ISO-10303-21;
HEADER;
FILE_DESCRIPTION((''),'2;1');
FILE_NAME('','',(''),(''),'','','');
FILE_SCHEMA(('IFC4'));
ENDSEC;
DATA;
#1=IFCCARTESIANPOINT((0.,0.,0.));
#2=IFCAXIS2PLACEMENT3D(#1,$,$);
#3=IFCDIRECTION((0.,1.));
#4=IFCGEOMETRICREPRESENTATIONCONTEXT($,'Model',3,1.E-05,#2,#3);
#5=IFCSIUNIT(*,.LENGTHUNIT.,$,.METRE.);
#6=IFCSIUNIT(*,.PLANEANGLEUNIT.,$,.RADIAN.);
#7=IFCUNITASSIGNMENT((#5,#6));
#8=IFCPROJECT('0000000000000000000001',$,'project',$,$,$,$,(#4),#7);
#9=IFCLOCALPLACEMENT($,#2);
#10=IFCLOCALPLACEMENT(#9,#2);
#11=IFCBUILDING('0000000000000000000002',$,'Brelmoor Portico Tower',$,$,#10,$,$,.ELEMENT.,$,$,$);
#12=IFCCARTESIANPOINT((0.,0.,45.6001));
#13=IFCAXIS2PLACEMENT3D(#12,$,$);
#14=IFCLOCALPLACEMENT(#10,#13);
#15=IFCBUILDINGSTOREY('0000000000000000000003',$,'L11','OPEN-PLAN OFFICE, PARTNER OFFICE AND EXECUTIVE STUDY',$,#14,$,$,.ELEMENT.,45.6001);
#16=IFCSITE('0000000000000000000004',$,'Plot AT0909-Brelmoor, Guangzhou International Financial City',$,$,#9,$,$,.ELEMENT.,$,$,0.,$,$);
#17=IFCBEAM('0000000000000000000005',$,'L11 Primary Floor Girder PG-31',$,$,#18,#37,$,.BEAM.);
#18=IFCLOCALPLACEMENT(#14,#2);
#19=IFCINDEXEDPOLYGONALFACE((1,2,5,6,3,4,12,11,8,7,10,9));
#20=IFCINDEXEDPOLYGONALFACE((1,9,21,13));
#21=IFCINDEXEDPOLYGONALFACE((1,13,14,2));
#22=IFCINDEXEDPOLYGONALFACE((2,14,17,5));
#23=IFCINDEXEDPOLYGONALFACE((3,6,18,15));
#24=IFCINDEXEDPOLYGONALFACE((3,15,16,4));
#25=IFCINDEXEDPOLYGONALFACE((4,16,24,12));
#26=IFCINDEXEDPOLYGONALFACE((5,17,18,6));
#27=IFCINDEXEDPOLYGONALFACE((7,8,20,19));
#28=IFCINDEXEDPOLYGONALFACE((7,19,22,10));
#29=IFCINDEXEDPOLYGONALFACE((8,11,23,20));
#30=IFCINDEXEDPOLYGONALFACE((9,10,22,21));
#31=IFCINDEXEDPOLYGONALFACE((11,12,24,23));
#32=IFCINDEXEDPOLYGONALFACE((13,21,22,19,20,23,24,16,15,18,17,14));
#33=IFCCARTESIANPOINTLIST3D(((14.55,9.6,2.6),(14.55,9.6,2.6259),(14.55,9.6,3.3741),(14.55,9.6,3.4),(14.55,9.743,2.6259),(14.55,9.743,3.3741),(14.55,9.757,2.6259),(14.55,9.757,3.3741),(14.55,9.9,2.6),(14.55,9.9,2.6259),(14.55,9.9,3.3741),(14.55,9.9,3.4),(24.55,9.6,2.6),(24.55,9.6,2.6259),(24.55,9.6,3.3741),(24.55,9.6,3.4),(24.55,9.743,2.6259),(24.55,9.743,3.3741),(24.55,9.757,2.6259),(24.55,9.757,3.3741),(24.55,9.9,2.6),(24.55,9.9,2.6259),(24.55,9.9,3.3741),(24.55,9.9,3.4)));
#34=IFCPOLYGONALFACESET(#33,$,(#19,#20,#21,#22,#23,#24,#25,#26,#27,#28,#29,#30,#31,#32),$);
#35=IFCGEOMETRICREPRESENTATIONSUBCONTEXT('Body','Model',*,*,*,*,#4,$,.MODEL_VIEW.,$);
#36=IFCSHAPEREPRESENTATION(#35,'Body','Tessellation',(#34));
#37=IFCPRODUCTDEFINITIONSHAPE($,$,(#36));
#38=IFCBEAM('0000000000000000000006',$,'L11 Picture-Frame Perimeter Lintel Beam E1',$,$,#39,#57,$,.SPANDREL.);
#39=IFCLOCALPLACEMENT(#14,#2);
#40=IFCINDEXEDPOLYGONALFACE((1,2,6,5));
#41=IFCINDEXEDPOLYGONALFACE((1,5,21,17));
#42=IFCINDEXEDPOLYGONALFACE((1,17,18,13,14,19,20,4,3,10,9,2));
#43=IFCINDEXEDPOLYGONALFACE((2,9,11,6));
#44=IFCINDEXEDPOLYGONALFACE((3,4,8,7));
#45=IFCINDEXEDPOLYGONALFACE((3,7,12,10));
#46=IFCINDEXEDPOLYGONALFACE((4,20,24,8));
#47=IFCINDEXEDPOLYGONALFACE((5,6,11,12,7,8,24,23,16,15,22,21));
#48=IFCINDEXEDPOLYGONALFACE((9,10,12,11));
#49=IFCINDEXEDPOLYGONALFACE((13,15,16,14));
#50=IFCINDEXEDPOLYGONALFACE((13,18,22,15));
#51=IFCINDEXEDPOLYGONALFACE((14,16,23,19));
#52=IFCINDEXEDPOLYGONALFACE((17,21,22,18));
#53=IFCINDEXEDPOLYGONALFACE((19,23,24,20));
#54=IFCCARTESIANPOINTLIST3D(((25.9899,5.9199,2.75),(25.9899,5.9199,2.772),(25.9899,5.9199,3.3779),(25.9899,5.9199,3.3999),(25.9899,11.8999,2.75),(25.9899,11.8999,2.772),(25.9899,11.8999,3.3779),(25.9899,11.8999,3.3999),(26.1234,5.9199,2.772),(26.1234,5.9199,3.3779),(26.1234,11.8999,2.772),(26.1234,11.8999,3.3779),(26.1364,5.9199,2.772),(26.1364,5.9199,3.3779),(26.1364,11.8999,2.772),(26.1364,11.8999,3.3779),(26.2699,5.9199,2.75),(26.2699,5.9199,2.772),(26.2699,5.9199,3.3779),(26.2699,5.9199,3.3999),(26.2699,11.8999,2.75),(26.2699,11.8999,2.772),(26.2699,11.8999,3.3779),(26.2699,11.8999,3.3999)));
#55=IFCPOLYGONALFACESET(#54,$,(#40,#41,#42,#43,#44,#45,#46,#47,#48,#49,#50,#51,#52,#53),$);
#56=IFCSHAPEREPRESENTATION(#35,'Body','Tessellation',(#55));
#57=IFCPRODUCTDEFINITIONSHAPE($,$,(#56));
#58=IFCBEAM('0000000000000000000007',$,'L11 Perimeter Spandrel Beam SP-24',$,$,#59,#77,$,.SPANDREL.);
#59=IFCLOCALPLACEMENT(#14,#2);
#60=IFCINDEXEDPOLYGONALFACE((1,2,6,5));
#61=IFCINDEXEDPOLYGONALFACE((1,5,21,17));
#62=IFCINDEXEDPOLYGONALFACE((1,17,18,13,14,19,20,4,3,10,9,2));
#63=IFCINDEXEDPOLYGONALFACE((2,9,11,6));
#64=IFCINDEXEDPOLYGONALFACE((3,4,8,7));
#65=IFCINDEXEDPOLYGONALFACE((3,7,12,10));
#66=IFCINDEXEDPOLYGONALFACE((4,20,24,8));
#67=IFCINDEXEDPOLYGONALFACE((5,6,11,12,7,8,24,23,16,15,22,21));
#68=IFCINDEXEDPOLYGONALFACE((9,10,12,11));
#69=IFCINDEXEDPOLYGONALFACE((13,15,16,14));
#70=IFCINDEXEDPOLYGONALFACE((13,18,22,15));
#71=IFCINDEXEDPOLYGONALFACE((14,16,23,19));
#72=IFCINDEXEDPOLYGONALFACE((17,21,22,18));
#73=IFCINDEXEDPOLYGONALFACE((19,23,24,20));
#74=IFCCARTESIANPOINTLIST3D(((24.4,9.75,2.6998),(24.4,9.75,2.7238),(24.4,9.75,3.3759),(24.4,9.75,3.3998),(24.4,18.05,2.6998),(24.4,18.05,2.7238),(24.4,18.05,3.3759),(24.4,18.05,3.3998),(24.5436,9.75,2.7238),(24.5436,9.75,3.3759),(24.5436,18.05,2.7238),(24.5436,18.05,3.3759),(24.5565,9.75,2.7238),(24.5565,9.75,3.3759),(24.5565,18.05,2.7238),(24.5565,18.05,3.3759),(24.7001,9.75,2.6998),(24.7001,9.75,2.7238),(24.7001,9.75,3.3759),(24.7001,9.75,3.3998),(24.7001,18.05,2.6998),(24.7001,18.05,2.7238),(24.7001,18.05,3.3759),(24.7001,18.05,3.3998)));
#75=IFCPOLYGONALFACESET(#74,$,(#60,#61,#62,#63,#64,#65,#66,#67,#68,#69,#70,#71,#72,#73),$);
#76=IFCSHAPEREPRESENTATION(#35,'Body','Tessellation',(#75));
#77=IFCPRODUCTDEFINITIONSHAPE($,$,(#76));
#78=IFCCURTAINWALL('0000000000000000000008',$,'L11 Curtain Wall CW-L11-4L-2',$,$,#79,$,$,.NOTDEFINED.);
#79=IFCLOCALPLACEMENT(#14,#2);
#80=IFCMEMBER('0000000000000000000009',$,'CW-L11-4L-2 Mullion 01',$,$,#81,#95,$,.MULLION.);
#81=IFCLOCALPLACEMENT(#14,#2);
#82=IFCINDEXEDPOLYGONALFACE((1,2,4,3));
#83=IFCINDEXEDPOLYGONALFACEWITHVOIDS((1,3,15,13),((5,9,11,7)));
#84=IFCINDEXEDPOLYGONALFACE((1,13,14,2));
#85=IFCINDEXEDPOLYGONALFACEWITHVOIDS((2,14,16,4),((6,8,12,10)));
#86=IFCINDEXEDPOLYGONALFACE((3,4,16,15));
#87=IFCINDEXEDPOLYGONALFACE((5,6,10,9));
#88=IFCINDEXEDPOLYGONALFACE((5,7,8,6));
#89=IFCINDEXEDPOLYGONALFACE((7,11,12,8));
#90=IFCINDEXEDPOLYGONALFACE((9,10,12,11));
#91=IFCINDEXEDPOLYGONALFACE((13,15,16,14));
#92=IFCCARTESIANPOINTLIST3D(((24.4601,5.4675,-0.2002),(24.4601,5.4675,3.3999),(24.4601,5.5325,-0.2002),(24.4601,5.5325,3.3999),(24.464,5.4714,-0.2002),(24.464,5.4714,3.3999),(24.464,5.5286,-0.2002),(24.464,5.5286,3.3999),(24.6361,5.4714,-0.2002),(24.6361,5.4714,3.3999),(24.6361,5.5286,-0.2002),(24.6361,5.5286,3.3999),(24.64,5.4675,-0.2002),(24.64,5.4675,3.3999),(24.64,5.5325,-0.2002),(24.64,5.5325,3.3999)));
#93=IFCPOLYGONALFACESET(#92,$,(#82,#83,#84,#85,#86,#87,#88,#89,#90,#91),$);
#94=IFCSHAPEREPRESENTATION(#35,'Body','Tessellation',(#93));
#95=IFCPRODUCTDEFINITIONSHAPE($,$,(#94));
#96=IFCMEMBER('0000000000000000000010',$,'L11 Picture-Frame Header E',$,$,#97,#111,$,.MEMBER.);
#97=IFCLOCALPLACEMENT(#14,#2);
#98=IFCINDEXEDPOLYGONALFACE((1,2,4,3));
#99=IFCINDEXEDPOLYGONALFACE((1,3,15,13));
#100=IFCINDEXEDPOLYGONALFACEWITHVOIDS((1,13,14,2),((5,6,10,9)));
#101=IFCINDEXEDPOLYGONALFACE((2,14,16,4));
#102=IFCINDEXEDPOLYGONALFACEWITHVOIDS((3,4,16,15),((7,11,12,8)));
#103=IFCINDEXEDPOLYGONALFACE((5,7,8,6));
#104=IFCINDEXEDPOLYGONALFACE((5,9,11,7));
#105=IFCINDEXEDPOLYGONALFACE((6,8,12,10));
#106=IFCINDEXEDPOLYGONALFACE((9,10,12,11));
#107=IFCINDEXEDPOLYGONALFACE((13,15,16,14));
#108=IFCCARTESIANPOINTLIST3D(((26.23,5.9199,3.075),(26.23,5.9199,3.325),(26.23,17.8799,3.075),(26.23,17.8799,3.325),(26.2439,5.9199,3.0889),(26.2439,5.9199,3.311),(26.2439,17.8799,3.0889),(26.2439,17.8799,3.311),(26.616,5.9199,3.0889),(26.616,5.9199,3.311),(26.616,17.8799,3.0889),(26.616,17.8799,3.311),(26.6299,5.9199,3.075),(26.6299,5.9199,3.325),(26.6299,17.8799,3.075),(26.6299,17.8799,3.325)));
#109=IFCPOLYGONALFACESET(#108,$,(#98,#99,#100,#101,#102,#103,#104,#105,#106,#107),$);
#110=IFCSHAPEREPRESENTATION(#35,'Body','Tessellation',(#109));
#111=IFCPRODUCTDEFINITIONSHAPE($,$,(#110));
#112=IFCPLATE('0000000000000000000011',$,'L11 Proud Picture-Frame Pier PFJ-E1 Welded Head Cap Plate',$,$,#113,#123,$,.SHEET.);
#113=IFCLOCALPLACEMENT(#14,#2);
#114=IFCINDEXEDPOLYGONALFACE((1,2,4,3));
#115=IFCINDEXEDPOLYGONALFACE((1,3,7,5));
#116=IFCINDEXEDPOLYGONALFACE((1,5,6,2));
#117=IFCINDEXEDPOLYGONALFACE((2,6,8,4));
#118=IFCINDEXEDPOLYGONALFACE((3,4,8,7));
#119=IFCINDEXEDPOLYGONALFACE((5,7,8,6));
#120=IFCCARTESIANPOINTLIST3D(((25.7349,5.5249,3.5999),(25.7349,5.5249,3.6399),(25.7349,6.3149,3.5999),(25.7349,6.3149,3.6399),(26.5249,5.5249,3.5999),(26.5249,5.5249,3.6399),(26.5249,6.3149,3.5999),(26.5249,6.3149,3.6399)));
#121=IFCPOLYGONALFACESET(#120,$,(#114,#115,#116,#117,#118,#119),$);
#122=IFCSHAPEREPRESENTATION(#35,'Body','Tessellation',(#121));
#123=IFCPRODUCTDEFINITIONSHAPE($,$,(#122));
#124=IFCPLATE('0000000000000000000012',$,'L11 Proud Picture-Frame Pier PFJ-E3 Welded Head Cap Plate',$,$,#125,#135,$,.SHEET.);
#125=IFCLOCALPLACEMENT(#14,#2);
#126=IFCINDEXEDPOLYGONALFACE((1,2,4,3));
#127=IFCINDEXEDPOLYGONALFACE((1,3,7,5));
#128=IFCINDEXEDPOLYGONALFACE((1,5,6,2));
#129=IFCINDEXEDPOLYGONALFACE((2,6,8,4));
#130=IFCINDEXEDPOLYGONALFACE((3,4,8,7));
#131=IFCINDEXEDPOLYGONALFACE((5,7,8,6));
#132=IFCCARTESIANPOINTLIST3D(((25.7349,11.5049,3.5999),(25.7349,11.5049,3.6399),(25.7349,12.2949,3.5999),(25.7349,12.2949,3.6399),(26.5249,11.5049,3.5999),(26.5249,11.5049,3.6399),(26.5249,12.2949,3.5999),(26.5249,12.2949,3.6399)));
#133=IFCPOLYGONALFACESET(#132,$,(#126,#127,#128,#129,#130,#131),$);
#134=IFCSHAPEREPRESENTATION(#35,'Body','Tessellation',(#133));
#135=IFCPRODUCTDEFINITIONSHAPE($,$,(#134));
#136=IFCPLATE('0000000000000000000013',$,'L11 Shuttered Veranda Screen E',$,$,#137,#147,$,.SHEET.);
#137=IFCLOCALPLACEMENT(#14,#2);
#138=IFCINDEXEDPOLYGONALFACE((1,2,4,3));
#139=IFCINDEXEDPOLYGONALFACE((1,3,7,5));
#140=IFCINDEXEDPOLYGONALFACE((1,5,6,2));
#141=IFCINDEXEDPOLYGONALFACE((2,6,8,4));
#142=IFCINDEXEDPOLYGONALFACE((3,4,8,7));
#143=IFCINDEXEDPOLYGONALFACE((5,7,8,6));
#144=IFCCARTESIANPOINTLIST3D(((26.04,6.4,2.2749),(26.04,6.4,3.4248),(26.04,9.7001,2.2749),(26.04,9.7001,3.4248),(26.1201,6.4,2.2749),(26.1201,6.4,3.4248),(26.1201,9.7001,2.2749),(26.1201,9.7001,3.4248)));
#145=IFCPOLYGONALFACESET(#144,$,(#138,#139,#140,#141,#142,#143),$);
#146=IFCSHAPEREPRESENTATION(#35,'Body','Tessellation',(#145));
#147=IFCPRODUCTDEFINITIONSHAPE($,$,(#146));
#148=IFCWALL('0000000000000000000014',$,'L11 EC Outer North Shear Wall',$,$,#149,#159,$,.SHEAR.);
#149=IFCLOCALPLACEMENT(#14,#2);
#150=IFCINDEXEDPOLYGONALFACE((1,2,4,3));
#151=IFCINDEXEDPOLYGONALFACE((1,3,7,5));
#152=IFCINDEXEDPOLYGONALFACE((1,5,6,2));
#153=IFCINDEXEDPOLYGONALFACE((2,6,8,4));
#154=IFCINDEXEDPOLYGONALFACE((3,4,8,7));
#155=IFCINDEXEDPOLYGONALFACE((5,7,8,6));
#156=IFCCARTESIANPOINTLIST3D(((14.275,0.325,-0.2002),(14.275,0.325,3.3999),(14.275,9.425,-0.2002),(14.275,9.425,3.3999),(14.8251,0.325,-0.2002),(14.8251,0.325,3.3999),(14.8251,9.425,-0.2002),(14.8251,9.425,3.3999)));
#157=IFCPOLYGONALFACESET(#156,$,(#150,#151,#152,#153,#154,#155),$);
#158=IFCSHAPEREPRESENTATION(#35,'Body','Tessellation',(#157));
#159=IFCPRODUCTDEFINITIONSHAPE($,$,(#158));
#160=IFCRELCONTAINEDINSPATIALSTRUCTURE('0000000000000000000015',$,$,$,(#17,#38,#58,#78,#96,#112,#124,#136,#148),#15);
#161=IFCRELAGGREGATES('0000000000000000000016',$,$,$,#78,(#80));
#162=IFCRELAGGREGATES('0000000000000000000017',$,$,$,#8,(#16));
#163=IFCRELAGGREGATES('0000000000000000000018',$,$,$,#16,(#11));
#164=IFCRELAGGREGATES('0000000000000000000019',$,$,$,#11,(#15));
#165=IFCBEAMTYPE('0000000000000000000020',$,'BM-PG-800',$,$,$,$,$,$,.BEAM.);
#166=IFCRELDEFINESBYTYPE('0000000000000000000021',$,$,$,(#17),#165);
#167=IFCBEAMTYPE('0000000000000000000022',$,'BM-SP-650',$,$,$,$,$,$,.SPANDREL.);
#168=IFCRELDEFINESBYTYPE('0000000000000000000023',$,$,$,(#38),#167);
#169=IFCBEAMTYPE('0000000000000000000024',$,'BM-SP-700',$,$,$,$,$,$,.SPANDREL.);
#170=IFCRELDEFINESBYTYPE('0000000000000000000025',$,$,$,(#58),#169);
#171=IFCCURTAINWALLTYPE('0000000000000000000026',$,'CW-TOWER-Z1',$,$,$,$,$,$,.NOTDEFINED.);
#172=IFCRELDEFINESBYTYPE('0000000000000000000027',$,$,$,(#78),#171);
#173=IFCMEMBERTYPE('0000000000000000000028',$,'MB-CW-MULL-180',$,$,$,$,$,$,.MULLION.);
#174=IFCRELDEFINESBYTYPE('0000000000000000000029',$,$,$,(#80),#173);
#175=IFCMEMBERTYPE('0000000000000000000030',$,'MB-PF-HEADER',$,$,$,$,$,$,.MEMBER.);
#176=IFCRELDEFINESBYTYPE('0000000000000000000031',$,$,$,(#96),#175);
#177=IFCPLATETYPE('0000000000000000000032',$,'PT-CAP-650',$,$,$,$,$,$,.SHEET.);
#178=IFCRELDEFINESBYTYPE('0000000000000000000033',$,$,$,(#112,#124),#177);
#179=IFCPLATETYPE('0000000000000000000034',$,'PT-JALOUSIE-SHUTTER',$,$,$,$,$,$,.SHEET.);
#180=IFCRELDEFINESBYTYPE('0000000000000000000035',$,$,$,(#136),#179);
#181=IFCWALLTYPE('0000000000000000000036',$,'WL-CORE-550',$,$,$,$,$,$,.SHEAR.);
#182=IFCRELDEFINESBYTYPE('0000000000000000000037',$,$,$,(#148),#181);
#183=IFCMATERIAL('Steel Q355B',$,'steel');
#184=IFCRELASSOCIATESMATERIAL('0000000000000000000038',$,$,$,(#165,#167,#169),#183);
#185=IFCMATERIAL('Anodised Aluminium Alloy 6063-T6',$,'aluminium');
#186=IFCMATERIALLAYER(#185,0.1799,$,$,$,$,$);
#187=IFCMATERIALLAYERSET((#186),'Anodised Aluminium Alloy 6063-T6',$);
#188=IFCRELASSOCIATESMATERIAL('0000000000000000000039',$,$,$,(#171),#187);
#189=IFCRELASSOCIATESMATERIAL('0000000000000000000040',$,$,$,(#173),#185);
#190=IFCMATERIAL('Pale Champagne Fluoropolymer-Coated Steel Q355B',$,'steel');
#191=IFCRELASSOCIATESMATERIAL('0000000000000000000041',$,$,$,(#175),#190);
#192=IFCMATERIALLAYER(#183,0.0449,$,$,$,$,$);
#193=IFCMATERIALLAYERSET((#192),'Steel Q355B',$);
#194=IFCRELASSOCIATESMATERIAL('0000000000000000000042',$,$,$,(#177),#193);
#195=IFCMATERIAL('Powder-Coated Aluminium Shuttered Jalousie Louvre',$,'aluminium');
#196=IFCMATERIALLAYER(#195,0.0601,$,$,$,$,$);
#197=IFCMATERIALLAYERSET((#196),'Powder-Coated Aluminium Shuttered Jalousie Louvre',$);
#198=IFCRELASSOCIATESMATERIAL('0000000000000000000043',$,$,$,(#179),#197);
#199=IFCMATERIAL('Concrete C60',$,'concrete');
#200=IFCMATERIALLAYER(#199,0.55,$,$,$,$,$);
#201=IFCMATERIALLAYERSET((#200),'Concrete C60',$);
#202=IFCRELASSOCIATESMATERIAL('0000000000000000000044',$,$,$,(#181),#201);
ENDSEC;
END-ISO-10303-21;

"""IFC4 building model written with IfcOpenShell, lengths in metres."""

from ifc_helpers import new_model, si_unit, direction, frame, frame_2d, origin, origin_2d, place, context, subcontext, project, spatial, rectangle, hollow_rectangle, i_section, extrude, material, layer, layer_set, material_profile, profile_set, type_object, element, aggregate, save


model = new_model("IFC4")

# Units and contexts
model_context = context("Model", 3, precision=1e-05, world=origin(), true_north=direction((0.0, 1.0)))
body_context = subcontext(model_context, "Body", "Model", "MODEL_VIEW")
ifc_project = project(units=[si_unit("LENGTHUNIT", "METRE"), si_unit("PLANEANGLEUNIT", "RADIAN")], contexts=[model_context])

# Site, building, storey
site_placement = place(None, origin())
site = spatial("IfcSite", under=ifc_project, at=site_placement, Name="Plot AT0909-Brelmoor, Guangzhou International Financial City", CompositionType="ELEMENT", RefElevation=0.0)
building_placement = place(site_placement, origin())
building = spatial("IfcBuilding", under=site, at=building_placement, Name="Brelmoor Portico Tower", CompositionType="ELEMENT")
storey_placement = place(building_placement, frame((0.0, 0.0, 45.6001)))
storey = spatial("IfcBuildingStorey", under=building, at=storey_placement, Name="L11", Description="OPEN-PLAN OFFICE, PARTNER OFFICE AND EXECUTIVE STUDY", CompositionType="ELEMENT", Elevation=45.6001)

# Shared definitions
ifc_material_1 = material(Name="Steel Q355B", Category="steel")

# Beams
ifc_material_profile_1 = material_profile(ifc_material_1, i_section(OverallWidth=0.3, OverallDepth=0.8, WebThickness=0.0139, FlangeThickness=0.0259, at=origin_2d()), Name="HN 800x300x14x26")
ifc_profile_set_1 = profile_set([ifc_material_profile_1], Name="Steel Q355B")
beam_type_1 = type_object("IfcBeamType", Name="BM-PG-800", PredefinedType="BEAM", material=ifc_profile_set_1)
beam_1_placement = place(storey_placement, frame((14.55, 9.75, 3.0), z_axis=(1.0, 0.0, 0.0), x_axis=(0.0, 1.0, 0.0)))
element("IfcBeam", 1, at=beam_1_placement, inside=storey, type_object=beam_type_1, Name="L11 Primary Floor Girder PG-31", PredefinedType="BEAM", context=body_context, shape_type="SweptSolid", body=[
    extrude(i_section(OverallWidth=0.3, OverallDepth=0.8, WebThickness=0.0139, FlangeThickness=0.0259, at=origin_2d()), origin(), (0.0, 0.0, 1.0), 10.0),
])
ifc_material_profile_2 = material_profile(ifc_material_1, i_section(OverallWidth=0.28, OverallDepth=0.6499, WebThickness=0.0129, FlangeThickness=0.022, at=origin_2d()), Name="HN 650x280x13x22")
ifc_profile_set_2 = profile_set([ifc_material_profile_2], Name="Steel Q355B")
beam_type_2 = type_object("IfcBeamType", Name="BM-SP-650", PredefinedType="SPANDREL", material=ifc_profile_set_2)
beam_2_placement = place(storey_placement, frame((26.1299, 5.9199, 3.075), z_axis=(0.0, 1.0, 0.0), x_axis=(-1.0, 0.0, 0.0)))
element("IfcBeam", 2, at=beam_2_placement, inside=storey, type_object=beam_type_2, Name="L11 Picture-Frame Perimeter Lintel Beam E1", PredefinedType="SPANDREL", context=body_context, shape_type="SweptSolid", body=[
    extrude(i_section(OverallWidth=0.28, OverallDepth=0.6499, WebThickness=0.0129, FlangeThickness=0.022, at=origin_2d()), origin(), (0.0, 0.0, 1.0), 5.98),
])
ifc_material_profile_3 = material_profile(ifc_material_1, i_section(OverallWidth=0.3, OverallDepth=0.7, WebThickness=0.0129, FlangeThickness=0.0239, at=origin_2d()), Name="HN 700x300x13x24")
ifc_profile_set_3 = profile_set([ifc_material_profile_3], Name="Steel Q355B")
beam_type_3 = type_object("IfcBeamType", Name="BM-SP-700", PredefinedType="SPANDREL", material=ifc_profile_set_3)
beam_3_placement = place(storey_placement, frame((24.55, 9.75, 3.0498), z_axis=(0.0, 1.0, 0.0), x_axis=(-1.0, 0.0, 0.0)))
element("IfcBeam", 3, at=beam_3_placement, inside=storey, type_object=beam_type_3, Name="L11 Perimeter Spandrel Beam SP-24", PredefinedType="SPANDREL", context=body_context, shape_type="SweptSolid", body=[
    extrude(i_section(OverallWidth=0.3, OverallDepth=0.7, WebThickness=0.0129, FlangeThickness=0.0239, at=origin_2d()), origin(), (0.0, 0.0, 1.0), 8.3),
])

# Curtain wall, member
ifc_material_2 = material(Name="Anodised Aluminium Alloy 6063-T6", Category="aluminium")
ifc_layer_1 = layer(ifc_material_2, 0.1799)
ifc_layer_set_1 = layer_set([ifc_layer_1], Name="Anodised Aluminium Alloy 6063-T6")
curtain_wall_type = type_object("IfcCurtainWallType", Name="CW-TOWER-Z1", PredefinedType="NOTDEFINED", material=ifc_layer_set_1)
curtain_wall_placement = place(storey_placement, origin())
curtain_wall = element("IfcCurtainWall", 4, at=curtain_wall_placement, inside=storey, type_object=curtain_wall_type, Name="L11 Curtain Wall CW-L11-4L-2", PredefinedType="NOTDEFINED")
ifc_material_profile_4 = material_profile(ifc_material_2, hollow_rectangle(XDim=0.0649, YDim=0.1799, WallThickness=0.0039, at=origin_2d()), Name="ALU MULLION 65x180")
ifc_profile_set_4 = profile_set([ifc_material_profile_4], Name="Anodised Aluminium Alloy 6063-T6")
member_type_1 = type_object("IfcMemberType", Name="MB-CW-MULL-180", PredefinedType="MULLION", material=ifc_profile_set_4)
member_1_placement = place(storey_placement, frame((24.55, 5.5, -0.2002), z_axis=(0.0, 0.0, 1.0), x_axis=(0.0, 1.0, 0.0)))
member_1 = element("IfcMember", 5, at=member_1_placement, type_object=member_type_1, Name="CW-L11-4L-2 Mullion 01", PredefinedType="MULLION", context=body_context, shape_type="SweptSolid", body=[
    extrude(hollow_rectangle(XDim=0.0649, YDim=0.1799, WallThickness=0.0039, at=origin_2d()), origin(), (0.0, 0.0, 1.0), 3.6001),
])
aggregate(curtain_wall, [member_1])

# Member
ifc_material_3 = material(Name="Pale Champagne Fluoropolymer-Coated Steel Q355B", Category="steel")
ifc_material_profile_5 = material_profile(ifc_material_3, hollow_rectangle(XDim=0.25, YDim=0.3999, WallThickness=0.0139, at=origin_2d()), Name="RHS 250x400x14")
ifc_profile_set_5 = profile_set([ifc_material_profile_5], Name="Pale Champagne Fluoropolymer-Coated Steel Q355B")
member_type_2 = type_object("IfcMemberType", Name="MB-PF-HEADER", PredefinedType="MEMBER", material=ifc_profile_set_5)
member_2_placement = place(storey_placement, frame((26.4299, 5.9199, 3.2), z_axis=(0.0, 1.0, 0.0), x_axis=(0.0, 0.0, 1.0)))
element("IfcMember", 6, at=member_2_placement, inside=storey, type_object=member_type_2, Name="L11 Picture-Frame Header E", PredefinedType="MEMBER", context=body_context, shape_type="SweptSolid", body=[
    extrude(hollow_rectangle(XDim=0.25, YDim=0.3999, WallThickness=0.0139, at=origin_2d()), origin(), (0.0, 0.0, 1.0), 11.96),
])

# Plates
ifc_layer_2 = layer(ifc_material_1, 0.0449)
ifc_layer_set_2 = layer_set([ifc_layer_2], Name="Steel Q355B")
plate_type_1 = type_object("IfcPlateType", Name="PT-CAP-650", PredefinedType="SHEET", material=ifc_layer_set_2)
for number, where, z_axis, x_axis, name in (
    (7, (26.1299, 5.9199, 3.5999), (0.0, 0.0, 1.0), (0.0, 1.0, 0.0), "L11 Proud Picture-Frame Pier PFJ-E1 Welded Head Cap Plate"),
    (8, (26.1299, 11.8999, 3.5999), (0.0, 0.0, 1.0), (0.0, 1.0, 0.0), "L11 Proud Picture-Frame Pier PFJ-E3 Welded Head Cap Plate"),
):
    element("IfcPlate", number, at=place(storey_placement, frame(where, z_axis=z_axis, x_axis=x_axis)), inside=storey, type_object=plate_type_1, Name=name, PredefinedType="SHEET", context=body_context, shape_type="SweptSolid", body=[
        extrude(rectangle(XDim=0.79, YDim=0.79, at=origin_2d()), origin(), (0.0, 0.0, 1.0), 0.04),
    ])
ifc_material_4 = material(Name="Powder-Coated Aluminium Shuttered Jalousie Louvre", Category="aluminium")
ifc_layer_3 = layer(ifc_material_4, 0.0601)
ifc_layer_set_3 = layer_set([ifc_layer_3], Name="Powder-Coated Aluminium Shuttered Jalousie Louvre")
plate_type_2 = type_object("IfcPlateType", Name="PT-JALOUSIE-SHUTTER", PredefinedType="SHEET", material=ifc_layer_set_3)
plate_placement = place(storey_placement, frame((26.0801, 8.05, 2.2749), z_axis=(0.0, 0.0, 1.0), x_axis=(0.0, 1.0, 0.0)))
element("IfcPlate", 9, at=plate_placement, inside=storey, type_object=plate_type_2, Name="L11 Shuttered Veranda Screen E", PredefinedType="SHEET", context=body_context, shape_type="SweptSolid", body=[
    extrude(rectangle(XDim=3.3, YDim=0.0801, at=origin_2d()), origin(), (0.0, 0.0, 1.0), 1.1499),
])

# Wall
ifc_material_5 = material(Name="Concrete C60", Category="concrete")
ifc_layer_4 = layer(ifc_material_5, 0.55)
ifc_layer_set_4 = layer_set([ifc_layer_4], Name="Concrete C60")
wall_type_1 = type_object("IfcWallType", Name="WL-CORE-550", PredefinedType="SHEAR", material=ifc_layer_set_4)
wall_1_placement = place(storey_placement, frame((14.55, 0.325, -0.2002), z_axis=(0.0, 0.0, 1.0), x_axis=(0.0, 1.0, 0.0)))
element("IfcWall", 10, at=wall_1_placement, inside=storey, type_object=wall_type_1, Name="L11 EC Outer North Shear Wall", PredefinedType="SHEAR", context=body_context, shape_type="SweptSolid", body=[
    extrude(rectangle(XDim=9.1001, YDim=0.55, at=frame_2d((4.55, 0.0))), origin(), (0.0, 0.0, 1.0), 3.6001),
])

save(model, "model.ifc")
